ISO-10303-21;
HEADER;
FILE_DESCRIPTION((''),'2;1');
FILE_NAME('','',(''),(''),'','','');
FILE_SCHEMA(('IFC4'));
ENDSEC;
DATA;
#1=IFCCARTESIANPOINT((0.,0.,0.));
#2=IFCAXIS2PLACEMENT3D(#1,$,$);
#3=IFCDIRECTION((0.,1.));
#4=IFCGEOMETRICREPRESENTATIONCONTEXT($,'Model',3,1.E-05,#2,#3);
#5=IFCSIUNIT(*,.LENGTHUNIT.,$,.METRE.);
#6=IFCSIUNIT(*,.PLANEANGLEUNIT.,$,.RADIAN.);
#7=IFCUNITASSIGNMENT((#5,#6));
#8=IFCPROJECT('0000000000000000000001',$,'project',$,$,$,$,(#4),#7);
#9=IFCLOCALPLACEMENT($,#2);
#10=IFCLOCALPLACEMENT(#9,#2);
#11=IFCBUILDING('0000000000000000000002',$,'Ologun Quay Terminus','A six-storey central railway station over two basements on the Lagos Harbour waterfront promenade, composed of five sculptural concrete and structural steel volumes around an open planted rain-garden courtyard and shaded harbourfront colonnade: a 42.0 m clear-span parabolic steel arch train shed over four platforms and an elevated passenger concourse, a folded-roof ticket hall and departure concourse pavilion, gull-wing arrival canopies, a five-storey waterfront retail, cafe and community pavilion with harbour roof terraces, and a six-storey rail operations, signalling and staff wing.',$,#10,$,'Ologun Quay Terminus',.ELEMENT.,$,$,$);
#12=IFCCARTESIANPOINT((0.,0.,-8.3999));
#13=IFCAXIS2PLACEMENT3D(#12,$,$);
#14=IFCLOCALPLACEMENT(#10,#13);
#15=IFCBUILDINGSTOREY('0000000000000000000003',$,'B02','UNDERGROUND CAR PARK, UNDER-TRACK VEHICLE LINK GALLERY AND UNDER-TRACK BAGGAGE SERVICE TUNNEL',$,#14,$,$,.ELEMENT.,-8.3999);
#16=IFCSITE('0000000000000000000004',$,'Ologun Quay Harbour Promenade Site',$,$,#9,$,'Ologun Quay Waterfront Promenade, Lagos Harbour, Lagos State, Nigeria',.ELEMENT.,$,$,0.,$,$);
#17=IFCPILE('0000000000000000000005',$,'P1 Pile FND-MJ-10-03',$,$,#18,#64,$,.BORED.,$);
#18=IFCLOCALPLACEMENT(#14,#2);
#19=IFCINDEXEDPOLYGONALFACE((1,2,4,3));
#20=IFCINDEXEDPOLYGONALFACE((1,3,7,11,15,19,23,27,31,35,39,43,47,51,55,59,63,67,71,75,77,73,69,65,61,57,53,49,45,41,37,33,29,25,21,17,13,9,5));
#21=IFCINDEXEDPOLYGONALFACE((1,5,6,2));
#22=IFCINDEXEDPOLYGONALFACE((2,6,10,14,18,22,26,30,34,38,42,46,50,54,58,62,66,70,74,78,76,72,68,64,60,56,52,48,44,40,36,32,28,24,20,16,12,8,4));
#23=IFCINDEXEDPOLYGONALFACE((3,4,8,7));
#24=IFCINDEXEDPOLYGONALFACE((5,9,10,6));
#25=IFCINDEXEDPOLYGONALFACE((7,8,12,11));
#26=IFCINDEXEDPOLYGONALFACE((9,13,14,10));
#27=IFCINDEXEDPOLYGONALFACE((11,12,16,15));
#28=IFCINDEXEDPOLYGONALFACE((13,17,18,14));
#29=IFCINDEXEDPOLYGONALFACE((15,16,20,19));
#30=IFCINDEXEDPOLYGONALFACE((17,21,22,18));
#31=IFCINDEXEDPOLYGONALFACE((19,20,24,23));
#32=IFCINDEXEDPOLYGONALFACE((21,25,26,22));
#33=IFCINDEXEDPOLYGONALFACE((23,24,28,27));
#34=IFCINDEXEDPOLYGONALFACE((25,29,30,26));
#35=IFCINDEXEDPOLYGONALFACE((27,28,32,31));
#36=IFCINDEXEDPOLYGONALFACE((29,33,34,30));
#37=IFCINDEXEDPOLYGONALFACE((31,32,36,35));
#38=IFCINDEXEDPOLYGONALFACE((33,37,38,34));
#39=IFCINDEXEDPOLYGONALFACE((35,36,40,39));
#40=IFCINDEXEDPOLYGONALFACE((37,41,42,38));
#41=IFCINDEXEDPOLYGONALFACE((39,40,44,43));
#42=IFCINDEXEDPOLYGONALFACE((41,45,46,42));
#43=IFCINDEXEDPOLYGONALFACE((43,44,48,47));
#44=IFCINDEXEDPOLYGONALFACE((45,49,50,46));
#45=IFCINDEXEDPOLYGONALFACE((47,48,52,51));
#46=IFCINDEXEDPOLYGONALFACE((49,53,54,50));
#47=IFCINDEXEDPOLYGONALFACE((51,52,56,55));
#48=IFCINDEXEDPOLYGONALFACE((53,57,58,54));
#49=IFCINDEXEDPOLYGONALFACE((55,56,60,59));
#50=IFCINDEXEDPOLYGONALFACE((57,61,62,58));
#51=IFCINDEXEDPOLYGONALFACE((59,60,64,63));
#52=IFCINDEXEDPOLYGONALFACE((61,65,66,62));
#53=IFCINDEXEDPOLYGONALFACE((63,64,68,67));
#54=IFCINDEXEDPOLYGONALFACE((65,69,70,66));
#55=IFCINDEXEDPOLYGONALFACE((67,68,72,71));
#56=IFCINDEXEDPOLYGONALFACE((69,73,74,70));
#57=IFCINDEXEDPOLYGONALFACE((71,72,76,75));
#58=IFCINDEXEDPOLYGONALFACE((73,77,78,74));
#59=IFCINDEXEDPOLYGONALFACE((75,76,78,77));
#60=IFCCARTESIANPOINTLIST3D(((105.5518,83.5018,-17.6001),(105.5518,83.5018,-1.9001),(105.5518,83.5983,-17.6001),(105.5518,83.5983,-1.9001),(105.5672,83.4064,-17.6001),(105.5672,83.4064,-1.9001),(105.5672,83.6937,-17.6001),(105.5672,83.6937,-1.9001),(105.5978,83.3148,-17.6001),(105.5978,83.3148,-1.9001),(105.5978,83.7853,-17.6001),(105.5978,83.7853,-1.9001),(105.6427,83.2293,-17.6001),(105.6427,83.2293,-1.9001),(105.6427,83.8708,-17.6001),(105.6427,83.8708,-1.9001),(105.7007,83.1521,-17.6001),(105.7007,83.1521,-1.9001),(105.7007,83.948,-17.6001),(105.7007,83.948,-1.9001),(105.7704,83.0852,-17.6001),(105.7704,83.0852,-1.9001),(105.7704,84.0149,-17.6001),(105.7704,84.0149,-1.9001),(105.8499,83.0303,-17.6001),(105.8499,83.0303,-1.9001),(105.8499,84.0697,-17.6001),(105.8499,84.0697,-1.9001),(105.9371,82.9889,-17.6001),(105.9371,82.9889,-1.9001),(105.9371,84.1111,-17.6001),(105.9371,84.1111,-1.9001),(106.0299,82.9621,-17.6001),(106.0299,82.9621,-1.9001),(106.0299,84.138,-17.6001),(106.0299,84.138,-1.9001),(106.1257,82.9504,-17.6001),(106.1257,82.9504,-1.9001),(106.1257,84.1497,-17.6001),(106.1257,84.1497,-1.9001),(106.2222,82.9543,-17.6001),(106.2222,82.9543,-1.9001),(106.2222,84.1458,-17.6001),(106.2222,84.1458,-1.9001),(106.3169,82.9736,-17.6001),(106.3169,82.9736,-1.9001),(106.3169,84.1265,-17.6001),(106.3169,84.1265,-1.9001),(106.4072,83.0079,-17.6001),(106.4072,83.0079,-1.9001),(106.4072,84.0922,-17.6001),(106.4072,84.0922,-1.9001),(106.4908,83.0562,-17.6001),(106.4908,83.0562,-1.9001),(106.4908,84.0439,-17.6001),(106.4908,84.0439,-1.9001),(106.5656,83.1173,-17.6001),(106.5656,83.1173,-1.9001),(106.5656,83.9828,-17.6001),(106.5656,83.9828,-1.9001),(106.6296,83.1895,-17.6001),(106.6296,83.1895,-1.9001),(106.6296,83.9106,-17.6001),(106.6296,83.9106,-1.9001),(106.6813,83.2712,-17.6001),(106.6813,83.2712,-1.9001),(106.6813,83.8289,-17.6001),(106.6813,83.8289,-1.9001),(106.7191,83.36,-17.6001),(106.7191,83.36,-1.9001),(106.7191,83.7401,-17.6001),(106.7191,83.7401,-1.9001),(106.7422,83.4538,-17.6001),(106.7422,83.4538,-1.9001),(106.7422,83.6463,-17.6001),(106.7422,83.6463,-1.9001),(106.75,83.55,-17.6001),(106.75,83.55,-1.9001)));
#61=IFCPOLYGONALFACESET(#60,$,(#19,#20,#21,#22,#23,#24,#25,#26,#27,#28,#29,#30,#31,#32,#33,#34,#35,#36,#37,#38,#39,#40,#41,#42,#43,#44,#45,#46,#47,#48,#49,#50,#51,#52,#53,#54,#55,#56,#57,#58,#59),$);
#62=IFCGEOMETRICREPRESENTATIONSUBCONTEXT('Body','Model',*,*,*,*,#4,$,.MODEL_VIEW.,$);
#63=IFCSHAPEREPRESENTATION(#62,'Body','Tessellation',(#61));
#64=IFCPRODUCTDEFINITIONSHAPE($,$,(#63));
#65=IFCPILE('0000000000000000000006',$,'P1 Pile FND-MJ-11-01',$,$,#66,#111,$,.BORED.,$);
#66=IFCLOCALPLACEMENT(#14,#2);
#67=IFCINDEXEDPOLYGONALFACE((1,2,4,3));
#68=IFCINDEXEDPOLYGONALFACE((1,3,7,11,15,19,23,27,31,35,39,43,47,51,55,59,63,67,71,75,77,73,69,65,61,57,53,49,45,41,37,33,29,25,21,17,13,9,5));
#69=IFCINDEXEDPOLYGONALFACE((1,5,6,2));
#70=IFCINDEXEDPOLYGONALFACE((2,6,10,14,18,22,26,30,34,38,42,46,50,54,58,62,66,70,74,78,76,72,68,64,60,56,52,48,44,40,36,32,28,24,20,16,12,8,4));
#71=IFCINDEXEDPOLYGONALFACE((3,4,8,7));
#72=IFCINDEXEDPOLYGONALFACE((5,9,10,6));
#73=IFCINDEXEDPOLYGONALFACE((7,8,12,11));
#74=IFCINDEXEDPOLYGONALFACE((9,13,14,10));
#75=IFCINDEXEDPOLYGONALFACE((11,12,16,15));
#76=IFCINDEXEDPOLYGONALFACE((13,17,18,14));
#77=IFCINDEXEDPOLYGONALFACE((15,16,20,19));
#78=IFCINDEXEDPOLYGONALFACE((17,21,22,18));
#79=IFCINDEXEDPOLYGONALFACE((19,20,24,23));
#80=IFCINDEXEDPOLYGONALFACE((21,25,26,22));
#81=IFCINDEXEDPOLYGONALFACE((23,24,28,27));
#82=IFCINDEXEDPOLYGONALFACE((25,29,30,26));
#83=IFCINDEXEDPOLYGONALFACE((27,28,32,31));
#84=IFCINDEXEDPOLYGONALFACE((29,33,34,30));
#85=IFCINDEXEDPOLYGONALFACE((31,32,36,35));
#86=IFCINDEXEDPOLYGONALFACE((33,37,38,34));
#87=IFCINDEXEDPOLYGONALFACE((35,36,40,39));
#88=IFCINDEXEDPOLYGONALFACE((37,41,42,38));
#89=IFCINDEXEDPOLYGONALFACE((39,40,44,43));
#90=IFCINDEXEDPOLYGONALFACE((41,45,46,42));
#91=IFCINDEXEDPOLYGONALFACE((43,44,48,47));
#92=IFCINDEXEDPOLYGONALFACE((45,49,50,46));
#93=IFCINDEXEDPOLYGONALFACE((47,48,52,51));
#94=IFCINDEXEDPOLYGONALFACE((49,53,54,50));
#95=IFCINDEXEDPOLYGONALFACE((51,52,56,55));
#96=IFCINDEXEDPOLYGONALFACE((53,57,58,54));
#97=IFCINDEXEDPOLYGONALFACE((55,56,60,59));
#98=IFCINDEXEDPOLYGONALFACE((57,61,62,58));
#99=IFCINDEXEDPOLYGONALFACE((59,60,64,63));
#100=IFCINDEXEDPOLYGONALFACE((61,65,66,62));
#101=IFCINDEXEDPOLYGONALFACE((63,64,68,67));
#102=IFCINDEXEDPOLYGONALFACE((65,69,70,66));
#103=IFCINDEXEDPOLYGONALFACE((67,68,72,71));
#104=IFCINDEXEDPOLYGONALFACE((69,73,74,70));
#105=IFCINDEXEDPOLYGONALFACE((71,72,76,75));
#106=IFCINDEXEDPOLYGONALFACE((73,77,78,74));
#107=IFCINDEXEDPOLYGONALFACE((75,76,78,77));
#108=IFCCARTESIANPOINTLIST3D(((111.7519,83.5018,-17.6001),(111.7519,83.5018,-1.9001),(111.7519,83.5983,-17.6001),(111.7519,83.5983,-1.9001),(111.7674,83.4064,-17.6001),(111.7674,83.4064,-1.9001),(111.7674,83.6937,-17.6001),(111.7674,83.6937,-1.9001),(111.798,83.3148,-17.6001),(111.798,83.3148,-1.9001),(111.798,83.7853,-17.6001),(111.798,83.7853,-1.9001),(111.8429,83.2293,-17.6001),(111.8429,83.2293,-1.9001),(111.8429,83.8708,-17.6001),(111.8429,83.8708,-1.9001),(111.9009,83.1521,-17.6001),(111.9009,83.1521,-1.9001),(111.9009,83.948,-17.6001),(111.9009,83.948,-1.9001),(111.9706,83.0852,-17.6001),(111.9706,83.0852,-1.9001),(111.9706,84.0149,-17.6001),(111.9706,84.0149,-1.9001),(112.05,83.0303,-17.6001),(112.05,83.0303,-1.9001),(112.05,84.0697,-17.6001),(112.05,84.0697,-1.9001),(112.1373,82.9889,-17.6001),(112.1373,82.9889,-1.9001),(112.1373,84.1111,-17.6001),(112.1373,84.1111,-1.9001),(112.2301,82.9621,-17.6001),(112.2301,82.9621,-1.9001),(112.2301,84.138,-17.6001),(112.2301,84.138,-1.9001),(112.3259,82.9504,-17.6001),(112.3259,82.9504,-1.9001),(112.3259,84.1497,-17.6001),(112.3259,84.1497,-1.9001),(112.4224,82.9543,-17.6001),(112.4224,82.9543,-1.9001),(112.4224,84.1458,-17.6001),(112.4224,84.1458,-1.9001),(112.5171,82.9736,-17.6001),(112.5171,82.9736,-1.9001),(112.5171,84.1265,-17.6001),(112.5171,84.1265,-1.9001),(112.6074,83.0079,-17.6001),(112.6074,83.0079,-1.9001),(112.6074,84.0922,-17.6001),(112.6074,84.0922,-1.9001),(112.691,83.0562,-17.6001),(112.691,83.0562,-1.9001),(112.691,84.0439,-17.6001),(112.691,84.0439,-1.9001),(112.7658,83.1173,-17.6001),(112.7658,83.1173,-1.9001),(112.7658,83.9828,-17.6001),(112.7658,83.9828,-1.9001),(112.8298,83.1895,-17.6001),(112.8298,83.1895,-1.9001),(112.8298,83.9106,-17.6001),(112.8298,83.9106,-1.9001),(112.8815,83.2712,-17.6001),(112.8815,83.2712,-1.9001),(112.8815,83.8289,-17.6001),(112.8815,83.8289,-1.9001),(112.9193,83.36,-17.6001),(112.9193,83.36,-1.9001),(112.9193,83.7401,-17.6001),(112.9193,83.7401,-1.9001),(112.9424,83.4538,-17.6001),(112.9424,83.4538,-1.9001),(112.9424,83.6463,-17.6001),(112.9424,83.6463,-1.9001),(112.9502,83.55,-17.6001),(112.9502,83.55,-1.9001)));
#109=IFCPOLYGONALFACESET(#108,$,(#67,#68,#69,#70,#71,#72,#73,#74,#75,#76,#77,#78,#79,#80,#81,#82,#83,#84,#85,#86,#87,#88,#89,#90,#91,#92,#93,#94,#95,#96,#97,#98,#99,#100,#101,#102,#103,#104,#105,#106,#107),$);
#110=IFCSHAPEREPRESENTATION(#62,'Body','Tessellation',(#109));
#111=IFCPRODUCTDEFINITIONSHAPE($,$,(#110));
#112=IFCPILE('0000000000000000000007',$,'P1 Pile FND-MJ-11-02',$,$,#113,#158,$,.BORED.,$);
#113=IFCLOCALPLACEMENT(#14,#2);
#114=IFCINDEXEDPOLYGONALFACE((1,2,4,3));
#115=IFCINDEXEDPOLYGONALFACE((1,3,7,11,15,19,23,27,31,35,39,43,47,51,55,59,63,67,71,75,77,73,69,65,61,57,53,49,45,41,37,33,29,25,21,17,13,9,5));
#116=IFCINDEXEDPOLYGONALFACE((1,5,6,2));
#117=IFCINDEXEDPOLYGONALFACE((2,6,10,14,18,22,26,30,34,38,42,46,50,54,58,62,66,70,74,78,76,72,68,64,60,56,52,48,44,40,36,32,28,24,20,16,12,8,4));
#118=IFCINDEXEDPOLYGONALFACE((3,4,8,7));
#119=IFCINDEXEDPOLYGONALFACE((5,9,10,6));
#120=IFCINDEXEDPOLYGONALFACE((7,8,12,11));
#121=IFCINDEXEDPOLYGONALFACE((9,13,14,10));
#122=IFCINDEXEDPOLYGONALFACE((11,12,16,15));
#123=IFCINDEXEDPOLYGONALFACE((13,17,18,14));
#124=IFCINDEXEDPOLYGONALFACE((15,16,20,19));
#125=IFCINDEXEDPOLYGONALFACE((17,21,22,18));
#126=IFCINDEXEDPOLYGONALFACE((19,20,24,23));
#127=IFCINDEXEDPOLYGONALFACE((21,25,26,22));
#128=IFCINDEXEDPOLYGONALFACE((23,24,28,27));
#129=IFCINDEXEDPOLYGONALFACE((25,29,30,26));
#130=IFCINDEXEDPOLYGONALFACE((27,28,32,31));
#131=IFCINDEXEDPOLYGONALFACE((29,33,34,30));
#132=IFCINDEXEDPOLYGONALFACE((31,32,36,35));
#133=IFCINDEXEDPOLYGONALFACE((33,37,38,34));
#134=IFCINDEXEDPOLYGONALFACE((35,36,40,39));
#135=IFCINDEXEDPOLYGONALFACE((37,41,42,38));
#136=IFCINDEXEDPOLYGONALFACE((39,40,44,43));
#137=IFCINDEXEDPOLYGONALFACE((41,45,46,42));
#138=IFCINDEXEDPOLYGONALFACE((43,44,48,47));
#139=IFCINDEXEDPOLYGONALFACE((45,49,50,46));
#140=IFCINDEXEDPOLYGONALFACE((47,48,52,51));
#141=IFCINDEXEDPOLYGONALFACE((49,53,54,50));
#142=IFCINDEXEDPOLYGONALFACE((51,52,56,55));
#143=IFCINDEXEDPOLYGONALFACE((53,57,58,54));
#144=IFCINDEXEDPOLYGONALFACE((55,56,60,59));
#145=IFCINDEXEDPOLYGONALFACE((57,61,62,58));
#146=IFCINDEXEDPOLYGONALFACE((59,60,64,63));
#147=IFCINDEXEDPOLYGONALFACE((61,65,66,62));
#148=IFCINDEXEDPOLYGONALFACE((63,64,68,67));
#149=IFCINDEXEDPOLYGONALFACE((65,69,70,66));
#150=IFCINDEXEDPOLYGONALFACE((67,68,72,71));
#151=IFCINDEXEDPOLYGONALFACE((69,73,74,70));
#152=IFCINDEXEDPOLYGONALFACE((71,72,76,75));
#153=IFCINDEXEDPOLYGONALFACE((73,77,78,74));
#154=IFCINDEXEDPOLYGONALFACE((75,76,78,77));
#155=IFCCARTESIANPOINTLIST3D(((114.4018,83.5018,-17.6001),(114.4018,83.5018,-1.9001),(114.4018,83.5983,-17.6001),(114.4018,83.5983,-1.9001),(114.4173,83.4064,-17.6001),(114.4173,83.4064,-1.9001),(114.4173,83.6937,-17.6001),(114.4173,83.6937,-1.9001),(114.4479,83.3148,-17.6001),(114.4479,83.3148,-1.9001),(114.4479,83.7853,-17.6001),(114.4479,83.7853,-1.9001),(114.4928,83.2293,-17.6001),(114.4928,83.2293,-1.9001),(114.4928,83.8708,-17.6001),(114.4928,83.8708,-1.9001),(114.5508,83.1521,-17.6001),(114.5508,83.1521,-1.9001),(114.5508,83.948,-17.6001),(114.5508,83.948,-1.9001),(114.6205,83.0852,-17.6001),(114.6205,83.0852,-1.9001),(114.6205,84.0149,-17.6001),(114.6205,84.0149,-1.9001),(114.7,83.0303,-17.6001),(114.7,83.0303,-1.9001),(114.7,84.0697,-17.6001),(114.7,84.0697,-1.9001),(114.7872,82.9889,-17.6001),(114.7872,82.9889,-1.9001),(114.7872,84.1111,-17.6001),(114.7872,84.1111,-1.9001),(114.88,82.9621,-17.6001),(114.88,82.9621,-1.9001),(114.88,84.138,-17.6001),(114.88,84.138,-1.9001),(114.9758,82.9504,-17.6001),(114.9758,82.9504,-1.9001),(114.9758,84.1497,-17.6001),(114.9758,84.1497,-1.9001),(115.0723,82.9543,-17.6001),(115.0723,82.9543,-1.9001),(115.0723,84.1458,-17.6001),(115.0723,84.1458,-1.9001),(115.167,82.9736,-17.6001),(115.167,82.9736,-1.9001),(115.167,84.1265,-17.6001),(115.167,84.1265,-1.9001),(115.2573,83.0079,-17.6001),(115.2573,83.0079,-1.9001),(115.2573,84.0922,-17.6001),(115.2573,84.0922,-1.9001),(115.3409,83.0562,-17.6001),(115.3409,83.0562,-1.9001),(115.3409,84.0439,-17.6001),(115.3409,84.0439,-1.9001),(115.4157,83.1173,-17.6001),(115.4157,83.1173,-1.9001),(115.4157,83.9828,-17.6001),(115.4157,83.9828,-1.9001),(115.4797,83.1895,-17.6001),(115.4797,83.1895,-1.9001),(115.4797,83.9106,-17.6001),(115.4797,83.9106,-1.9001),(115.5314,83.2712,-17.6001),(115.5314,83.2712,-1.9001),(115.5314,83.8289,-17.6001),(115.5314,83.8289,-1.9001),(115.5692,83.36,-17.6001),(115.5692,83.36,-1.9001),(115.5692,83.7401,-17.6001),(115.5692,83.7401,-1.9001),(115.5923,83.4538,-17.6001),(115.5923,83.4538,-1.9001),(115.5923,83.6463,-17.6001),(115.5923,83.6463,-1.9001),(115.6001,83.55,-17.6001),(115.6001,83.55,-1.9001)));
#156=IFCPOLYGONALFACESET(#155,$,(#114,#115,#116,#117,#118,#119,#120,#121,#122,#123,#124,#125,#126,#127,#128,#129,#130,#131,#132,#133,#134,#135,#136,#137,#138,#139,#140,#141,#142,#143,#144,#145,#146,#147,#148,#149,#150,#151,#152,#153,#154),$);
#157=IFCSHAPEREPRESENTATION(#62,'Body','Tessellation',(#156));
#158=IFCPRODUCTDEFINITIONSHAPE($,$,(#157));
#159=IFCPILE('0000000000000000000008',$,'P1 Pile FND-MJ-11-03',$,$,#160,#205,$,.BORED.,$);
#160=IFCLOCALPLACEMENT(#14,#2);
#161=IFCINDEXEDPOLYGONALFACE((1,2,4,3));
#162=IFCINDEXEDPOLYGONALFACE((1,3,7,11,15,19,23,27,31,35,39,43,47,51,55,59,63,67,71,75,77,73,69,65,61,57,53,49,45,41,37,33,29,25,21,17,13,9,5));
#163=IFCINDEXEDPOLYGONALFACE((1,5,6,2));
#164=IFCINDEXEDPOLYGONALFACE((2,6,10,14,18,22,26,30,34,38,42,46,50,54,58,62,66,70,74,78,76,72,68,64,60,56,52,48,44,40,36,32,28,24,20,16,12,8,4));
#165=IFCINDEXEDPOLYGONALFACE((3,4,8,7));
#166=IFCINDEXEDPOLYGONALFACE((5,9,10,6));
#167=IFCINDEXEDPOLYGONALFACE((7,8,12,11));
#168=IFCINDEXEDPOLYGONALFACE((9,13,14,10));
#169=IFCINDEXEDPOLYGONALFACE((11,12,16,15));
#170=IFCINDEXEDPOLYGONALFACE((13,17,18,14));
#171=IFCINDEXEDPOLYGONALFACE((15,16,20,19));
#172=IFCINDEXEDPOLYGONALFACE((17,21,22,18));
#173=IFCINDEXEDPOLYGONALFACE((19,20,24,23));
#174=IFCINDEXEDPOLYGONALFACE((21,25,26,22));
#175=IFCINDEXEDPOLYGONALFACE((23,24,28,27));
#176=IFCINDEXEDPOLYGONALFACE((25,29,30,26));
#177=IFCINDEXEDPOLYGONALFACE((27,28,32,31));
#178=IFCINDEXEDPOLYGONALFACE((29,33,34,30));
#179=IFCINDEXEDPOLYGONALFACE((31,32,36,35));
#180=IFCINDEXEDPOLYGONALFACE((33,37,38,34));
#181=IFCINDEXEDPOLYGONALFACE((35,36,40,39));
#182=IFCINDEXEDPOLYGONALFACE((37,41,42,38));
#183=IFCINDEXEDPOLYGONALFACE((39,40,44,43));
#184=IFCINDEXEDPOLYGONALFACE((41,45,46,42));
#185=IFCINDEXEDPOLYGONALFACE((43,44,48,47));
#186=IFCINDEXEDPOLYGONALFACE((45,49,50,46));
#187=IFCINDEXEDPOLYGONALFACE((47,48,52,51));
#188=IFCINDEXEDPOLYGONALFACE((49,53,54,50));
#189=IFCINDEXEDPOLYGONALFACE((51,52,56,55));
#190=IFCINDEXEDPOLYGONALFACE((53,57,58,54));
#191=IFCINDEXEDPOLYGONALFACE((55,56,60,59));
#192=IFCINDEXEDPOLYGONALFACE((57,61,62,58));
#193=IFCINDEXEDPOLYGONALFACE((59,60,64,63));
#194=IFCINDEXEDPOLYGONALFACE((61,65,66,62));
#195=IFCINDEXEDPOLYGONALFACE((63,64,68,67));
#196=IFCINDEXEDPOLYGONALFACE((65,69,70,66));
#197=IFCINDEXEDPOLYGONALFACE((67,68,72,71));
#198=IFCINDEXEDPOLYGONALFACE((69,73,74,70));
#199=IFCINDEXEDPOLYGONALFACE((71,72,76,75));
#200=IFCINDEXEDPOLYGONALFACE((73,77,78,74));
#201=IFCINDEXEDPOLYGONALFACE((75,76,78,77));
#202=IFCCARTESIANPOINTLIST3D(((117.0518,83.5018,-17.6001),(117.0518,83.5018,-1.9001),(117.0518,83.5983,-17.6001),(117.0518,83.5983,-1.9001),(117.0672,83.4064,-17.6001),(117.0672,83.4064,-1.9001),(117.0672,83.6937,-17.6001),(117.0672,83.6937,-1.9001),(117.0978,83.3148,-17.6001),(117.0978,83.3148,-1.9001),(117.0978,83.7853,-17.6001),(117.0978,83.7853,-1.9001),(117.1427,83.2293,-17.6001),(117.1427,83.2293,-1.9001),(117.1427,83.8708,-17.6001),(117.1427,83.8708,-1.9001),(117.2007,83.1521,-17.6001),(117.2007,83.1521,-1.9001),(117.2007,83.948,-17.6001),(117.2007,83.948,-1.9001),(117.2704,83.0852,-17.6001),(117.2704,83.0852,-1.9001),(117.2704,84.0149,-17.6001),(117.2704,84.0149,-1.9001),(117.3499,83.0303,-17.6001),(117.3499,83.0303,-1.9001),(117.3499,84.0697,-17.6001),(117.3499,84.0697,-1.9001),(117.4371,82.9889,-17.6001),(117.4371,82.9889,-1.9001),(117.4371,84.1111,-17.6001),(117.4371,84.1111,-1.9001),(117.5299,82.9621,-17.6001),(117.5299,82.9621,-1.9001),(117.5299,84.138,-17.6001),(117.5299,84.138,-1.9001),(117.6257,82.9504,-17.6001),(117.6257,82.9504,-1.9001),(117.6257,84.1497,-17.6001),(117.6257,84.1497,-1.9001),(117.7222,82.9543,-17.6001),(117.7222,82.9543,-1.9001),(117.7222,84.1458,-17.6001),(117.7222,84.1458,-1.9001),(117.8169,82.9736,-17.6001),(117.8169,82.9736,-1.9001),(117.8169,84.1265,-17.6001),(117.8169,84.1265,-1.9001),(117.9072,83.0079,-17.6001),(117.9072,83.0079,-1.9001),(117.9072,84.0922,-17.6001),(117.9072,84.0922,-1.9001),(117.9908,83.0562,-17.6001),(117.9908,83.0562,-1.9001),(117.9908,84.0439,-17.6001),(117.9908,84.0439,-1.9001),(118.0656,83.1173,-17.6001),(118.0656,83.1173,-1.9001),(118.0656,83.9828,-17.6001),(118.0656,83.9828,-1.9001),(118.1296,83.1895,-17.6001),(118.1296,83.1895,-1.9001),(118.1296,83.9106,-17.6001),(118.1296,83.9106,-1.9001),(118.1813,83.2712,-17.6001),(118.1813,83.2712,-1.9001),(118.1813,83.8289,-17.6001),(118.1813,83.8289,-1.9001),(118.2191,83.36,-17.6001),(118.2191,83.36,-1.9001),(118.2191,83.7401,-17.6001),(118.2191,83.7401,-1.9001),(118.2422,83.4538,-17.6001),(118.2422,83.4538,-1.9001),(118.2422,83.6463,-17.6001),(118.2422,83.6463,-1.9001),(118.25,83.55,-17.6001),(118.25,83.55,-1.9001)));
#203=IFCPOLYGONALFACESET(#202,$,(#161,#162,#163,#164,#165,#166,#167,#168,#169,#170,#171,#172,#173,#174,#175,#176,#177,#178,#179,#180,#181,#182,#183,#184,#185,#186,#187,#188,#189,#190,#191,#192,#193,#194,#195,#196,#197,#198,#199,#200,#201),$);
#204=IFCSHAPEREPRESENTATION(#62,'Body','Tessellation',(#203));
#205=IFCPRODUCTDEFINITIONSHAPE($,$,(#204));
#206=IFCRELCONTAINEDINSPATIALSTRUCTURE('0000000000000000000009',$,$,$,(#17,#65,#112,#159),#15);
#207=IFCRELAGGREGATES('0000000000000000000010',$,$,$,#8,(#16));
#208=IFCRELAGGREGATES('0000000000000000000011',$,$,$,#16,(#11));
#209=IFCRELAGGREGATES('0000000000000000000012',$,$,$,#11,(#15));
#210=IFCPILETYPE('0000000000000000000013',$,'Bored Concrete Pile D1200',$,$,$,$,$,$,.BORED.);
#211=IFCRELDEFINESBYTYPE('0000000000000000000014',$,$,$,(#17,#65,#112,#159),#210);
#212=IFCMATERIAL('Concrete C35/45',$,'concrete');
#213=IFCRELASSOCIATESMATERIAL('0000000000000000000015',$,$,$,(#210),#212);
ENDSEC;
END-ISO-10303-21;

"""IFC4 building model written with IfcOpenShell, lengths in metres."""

from ifc_helpers import new_model, si_unit, direction, frame, origin, origin_2d, place, context, subcontext, project, spatial, circle, extrude, material, material_profile, profile_set, type_object, element, save


model = new_model("IFC4")

# Units and contexts
model_context = context("Model", 3, precision=1e-05, world=origin(), true_north=direction((0.0, 1.0)))
body_context = subcontext(model_context, "Body", "Model", "MODEL_VIEW")
ifc_project = project(units=[si_unit("LENGTHUNIT", "METRE"), si_unit("PLANEANGLEUNIT", "RADIAN")], contexts=[model_context])

# Site, building, storey
site_placement = place(None, origin())
site = spatial("IfcSite", under=ifc_project, at=site_placement, Name="Ologun Quay Harbour Promenade Site", LongName="Ologun Quay Waterfront Promenade, Lagos Harbour, Lagos State, Nigeria", CompositionType="ELEMENT", RefElevation=0.0)
building_placement = place(site_placement, origin())
building = spatial("IfcBuilding", under=site, at=building_placement, Name="Ologun Quay Terminus", Description="A six-storey central railway station over two basements on the Lagos Harbour waterfront promenade, composed of five sculptural concrete and structural steel volumes around an open planted rain-garden courtyard and shaded harbourfront colonnade: a 42.0 m clear-span parabolic steel arch train shed over four platforms and an elevated passenger concourse, a folded-roof ticket hall and departure concourse pavilion, gull-wing arrival canopies, a five-storey waterfront retail, cafe and community pavilion with harbour roof terraces, and a six-storey rail operations, signalling and staff wing.", LongName="Ologun Quay Terminus", CompositionType="ELEMENT")
storey_placement = place(building_placement, frame((0.0, 0.0, -8.3999)))
storey = spatial("IfcBuildingStorey", under=building, at=storey_placement, Name="B02", Description="UNDERGROUND CAR PARK, UNDER-TRACK VEHICLE LINK GALLERY AND UNDER-TRACK BAGGAGE SERVICE TUNNEL", CompositionType="ELEMENT", Elevation=-8.3999)

# Piles
ifc_material_1 = material(Name="Concrete C35/45", Category="concrete")
ifc_material_profile_1 = material_profile(ifc_material_1, circle(Radius=0.6001, at=origin_2d()), Name="PILE D1200")
ifc_profile_set_1 = profile_set([ifc_material_profile_1], Name="Concrete C35/45")
pile_type = type_object("IfcPileType", Name="Bored Concrete Pile D1200", PredefinedType="BORED", material=ifc_profile_set_1)
for number, where, z_axis, x_axis, name in (
    (1, (106.1499, 83.55, -1.9001), (0.0, 0.0, -1.0), (1.0, 0.0, 0.0), "P1 Pile FND-MJ-10-03"),
    (2, (112.3501, 83.55, -1.9001), (0.0, 0.0, -1.0), (1.0, 0.0, 0.0), "P1 Pile FND-MJ-11-01"),
    (3, (115.0, 83.55, -1.9001), (0.0, 0.0, -1.0), (1.0, 0.0, 0.0), "P1 Pile FND-MJ-11-02"),
    (4, (117.6499, 83.55, -1.9001), (0.0, 0.0, -1.0), (1.0, 0.0, 0.0), "P1 Pile FND-MJ-11-03"),
):
    element("IfcPile", number, at=place(storey_placement, frame(where, z_axis=z_axis, x_axis=x_axis)), inside=storey, type_object=pile_type, Name=name, PredefinedType="BORED", context=body_context, shape_type="SweptSolid", body=[
        extrude(circle(Radius=0.6001, at=origin_2d()), origin(), (0.0, 0.0, 1.0), 15.7),
    ])

save(model, "model.ifc")
